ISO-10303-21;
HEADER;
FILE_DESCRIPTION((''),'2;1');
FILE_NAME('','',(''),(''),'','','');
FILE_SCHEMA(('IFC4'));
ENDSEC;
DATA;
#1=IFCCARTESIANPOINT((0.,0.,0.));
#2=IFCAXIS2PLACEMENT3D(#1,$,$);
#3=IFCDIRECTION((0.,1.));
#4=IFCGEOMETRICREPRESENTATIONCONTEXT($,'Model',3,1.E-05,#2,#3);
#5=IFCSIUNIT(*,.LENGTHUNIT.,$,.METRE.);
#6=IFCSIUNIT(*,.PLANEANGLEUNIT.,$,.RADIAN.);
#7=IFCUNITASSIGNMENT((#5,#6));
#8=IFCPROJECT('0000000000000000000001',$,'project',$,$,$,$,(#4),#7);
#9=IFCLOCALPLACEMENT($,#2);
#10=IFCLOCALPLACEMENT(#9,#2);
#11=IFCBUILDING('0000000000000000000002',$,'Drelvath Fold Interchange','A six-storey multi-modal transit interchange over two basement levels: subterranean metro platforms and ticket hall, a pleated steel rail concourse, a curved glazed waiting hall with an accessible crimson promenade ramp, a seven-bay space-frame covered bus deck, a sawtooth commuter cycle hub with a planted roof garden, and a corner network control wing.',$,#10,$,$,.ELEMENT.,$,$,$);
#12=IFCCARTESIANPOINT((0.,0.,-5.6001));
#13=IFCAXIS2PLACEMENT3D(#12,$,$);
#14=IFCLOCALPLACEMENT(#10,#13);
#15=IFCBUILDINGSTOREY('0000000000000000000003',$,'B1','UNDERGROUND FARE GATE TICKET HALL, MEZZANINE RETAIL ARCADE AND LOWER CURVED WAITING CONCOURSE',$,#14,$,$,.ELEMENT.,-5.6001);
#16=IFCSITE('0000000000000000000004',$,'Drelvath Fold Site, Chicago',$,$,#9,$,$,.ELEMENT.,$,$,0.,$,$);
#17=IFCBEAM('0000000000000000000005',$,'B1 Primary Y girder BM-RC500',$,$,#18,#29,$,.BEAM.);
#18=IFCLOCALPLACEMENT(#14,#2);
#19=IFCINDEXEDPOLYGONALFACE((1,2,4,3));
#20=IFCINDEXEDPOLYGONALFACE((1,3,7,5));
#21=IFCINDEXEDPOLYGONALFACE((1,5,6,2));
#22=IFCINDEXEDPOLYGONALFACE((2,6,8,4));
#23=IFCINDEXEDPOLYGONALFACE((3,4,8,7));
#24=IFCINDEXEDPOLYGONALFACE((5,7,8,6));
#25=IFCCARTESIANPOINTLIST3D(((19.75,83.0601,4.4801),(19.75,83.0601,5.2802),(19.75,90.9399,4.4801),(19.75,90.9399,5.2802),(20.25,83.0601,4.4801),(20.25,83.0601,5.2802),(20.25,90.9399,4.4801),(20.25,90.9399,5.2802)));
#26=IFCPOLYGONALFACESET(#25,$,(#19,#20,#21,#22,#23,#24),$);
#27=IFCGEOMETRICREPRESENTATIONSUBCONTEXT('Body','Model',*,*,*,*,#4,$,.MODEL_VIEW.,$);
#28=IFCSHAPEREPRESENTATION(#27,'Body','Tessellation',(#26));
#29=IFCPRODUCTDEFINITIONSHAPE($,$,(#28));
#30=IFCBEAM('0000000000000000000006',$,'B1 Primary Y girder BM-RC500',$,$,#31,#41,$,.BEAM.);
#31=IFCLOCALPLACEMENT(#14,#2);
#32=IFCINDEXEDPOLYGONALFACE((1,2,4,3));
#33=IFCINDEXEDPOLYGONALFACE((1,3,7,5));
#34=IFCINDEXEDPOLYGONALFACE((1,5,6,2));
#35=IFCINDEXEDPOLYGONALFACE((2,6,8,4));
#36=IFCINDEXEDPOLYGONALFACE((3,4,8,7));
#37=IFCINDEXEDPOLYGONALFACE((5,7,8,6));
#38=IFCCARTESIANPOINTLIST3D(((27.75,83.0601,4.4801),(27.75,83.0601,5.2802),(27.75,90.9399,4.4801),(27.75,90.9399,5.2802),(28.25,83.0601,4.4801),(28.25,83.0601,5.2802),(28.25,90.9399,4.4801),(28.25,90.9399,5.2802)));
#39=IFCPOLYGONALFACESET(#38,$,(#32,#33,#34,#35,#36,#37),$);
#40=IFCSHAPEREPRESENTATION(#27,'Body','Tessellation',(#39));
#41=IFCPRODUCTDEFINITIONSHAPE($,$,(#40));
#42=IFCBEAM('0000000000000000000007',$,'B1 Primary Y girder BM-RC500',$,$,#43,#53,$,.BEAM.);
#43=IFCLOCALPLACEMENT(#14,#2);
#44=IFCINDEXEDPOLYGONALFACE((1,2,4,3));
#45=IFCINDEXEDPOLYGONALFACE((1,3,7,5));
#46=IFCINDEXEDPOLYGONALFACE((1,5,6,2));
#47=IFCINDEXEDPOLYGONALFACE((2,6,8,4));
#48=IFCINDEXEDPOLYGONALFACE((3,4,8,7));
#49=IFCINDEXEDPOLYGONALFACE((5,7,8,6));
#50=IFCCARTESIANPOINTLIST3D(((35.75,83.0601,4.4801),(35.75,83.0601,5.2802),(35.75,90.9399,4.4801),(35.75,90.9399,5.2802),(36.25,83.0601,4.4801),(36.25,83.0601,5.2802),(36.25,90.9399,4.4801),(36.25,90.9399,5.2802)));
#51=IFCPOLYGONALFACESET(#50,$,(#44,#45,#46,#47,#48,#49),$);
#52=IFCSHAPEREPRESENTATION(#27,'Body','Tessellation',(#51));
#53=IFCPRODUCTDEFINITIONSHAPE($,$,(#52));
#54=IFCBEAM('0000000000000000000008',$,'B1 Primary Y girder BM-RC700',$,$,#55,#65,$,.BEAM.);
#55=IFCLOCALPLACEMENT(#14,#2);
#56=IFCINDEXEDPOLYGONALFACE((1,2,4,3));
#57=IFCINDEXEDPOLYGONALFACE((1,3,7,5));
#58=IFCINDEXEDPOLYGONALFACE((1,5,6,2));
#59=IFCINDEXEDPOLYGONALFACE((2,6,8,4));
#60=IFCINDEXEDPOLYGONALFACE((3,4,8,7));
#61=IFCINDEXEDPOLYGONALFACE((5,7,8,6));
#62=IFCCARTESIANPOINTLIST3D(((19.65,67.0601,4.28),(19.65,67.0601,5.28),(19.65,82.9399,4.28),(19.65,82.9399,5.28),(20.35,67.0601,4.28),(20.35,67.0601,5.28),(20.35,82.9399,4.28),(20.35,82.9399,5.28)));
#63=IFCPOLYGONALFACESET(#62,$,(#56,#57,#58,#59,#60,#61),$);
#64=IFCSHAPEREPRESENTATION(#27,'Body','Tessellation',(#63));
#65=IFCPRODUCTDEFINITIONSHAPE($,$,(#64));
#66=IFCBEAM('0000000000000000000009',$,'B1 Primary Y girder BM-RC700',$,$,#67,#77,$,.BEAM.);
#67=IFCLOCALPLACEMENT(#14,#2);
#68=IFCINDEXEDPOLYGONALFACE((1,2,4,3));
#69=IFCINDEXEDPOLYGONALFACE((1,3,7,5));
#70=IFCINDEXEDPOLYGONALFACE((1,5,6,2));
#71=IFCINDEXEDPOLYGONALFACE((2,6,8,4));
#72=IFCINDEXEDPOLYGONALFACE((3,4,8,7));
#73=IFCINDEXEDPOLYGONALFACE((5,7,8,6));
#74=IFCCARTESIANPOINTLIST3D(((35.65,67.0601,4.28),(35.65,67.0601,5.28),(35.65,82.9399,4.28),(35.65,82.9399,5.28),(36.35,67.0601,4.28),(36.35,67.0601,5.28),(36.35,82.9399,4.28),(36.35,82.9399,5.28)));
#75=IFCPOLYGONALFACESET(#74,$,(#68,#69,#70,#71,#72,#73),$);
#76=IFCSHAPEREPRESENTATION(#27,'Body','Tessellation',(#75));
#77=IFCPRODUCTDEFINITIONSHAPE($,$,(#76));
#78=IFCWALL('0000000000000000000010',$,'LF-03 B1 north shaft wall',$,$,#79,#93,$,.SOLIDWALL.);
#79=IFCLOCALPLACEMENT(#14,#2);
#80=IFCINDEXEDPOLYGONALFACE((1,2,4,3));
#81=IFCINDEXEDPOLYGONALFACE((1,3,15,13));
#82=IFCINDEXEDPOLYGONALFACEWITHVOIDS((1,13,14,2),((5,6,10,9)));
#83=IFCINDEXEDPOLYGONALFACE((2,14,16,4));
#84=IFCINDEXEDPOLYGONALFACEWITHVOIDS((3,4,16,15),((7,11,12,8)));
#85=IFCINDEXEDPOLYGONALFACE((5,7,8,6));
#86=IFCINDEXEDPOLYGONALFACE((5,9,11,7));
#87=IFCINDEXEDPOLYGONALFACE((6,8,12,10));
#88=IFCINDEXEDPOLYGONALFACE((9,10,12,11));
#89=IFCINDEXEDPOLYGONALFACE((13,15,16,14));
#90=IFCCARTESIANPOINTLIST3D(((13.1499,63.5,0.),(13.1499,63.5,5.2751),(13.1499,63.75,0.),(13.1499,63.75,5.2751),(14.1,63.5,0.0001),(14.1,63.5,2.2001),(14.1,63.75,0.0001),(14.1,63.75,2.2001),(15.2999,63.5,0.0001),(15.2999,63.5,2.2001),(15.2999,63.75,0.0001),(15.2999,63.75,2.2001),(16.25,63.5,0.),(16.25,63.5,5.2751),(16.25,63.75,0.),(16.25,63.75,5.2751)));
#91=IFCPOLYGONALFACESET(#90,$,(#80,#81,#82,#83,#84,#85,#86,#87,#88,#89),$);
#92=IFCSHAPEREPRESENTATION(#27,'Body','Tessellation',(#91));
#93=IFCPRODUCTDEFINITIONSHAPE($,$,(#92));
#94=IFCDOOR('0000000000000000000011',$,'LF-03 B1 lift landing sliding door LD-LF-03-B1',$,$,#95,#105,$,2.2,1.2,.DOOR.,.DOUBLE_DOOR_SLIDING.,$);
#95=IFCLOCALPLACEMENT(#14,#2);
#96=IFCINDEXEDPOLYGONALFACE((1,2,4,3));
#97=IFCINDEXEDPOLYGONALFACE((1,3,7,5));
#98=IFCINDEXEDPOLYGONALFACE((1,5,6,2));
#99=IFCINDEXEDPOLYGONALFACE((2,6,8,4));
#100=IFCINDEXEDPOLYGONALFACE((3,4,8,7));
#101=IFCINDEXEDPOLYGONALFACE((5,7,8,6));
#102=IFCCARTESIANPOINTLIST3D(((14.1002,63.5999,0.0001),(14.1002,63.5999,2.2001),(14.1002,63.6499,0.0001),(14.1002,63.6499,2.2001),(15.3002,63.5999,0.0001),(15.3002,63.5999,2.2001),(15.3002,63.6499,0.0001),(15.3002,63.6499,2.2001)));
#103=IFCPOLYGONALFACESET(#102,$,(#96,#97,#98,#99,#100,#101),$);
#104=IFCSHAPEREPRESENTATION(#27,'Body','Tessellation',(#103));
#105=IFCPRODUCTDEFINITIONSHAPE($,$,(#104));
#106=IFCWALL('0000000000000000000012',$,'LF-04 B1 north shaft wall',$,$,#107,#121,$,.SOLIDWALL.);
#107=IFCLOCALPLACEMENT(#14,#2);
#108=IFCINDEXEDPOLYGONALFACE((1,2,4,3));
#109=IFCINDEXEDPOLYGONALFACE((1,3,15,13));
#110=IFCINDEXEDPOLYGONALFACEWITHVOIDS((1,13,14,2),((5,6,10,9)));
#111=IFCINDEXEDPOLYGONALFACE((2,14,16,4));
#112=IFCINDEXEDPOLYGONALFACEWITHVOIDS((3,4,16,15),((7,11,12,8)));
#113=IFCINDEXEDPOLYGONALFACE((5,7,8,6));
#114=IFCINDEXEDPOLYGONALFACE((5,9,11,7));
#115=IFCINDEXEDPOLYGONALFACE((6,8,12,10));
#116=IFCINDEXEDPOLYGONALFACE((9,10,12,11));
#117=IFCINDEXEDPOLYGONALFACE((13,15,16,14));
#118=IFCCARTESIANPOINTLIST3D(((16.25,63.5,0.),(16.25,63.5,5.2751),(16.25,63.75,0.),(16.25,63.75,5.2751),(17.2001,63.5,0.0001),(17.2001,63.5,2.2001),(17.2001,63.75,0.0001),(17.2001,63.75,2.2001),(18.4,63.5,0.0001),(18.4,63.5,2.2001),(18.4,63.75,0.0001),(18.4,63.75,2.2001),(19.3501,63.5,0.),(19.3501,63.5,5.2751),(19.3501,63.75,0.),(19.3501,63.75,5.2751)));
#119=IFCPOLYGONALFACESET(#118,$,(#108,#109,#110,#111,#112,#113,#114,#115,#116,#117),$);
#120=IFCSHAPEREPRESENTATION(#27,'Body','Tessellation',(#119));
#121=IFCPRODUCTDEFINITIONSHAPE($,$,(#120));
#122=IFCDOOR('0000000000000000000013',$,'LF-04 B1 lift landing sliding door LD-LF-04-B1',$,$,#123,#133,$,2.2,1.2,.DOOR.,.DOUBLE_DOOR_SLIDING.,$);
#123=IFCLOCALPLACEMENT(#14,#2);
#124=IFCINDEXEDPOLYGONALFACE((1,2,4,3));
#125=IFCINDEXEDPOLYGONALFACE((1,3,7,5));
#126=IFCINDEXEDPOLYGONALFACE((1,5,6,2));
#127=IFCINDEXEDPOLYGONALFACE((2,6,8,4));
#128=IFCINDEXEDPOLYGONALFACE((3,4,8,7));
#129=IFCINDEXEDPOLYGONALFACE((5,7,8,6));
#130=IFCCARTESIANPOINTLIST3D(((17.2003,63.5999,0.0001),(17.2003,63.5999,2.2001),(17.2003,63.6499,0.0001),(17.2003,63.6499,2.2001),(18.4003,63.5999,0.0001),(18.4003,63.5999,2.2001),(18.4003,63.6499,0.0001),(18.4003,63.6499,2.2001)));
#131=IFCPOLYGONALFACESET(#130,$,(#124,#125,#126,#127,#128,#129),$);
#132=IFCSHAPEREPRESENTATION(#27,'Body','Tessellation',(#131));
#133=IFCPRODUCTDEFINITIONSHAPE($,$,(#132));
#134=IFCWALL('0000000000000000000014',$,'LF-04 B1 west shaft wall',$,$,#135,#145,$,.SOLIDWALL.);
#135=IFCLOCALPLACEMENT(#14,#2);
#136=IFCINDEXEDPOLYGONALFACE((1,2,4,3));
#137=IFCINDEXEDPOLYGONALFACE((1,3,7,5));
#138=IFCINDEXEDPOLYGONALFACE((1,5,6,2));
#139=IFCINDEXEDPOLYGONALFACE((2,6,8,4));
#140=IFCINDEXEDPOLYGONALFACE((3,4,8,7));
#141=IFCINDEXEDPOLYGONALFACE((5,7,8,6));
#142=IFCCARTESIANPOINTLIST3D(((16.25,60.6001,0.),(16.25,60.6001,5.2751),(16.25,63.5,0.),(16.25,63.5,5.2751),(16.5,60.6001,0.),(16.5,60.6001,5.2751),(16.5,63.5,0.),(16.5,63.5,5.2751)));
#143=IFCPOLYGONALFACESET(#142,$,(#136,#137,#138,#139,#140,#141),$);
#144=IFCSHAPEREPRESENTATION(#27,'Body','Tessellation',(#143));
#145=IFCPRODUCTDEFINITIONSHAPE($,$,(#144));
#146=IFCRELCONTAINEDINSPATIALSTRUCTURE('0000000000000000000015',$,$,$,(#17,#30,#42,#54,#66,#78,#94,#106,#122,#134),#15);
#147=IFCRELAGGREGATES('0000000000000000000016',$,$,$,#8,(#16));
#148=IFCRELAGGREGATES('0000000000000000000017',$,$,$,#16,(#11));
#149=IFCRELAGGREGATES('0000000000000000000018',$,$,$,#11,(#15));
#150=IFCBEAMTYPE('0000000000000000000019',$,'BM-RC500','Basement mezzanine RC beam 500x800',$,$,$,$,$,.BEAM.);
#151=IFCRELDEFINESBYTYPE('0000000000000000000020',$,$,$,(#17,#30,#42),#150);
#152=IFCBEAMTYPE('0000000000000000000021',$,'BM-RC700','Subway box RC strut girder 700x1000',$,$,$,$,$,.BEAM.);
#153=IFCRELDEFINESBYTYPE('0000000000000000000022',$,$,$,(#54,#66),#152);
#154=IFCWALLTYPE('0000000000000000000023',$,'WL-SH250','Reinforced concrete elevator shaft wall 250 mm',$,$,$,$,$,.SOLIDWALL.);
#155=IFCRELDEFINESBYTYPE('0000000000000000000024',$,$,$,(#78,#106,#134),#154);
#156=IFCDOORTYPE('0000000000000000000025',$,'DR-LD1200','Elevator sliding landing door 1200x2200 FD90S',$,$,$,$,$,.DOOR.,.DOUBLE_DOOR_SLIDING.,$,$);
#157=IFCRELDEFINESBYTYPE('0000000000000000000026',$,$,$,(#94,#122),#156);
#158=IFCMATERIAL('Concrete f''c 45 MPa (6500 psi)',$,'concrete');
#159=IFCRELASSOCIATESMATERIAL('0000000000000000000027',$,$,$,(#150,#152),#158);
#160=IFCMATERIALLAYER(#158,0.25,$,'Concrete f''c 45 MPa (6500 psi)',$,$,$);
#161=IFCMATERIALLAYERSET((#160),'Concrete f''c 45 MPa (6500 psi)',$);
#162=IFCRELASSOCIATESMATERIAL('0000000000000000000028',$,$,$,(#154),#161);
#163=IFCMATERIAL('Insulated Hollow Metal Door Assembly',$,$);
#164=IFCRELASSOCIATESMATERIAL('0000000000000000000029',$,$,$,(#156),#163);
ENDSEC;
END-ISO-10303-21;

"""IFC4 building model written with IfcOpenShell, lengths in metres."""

from ifc_helpers import new_model, si_unit, direction, frame, frame_2d, origin, origin_2d, place, context, subcontext, project, spatial, rectangle, extrude, material, layer, layer_set, material_profile, profile_set, type_object, element, fill, save


model = new_model("IFC4")

# Units and contexts
model_context = context("Model", 3, precision=1e-05, world=origin(), true_north=direction((0.0, 1.0)))
body_context = subcontext(model_context, "Body", "Model", "MODEL_VIEW")
ifc_project = project(units=[si_unit("LENGTHUNIT", "METRE"), si_unit("PLANEANGLEUNIT", "RADIAN")], contexts=[model_context])

# Site, building, storey
site_placement = place(None, origin())
site = spatial("IfcSite", under=ifc_project, at=site_placement, Name="Drelvath Fold Site, Chicago", CompositionType="ELEMENT", RefElevation=0.0)
building_placement = place(site_placement, origin())
building = spatial("IfcBuilding", under=site, at=building_placement, Name="Drelvath Fold Interchange", Description="A six-storey multi-modal transit interchange over two basement levels: subterranean metro platforms and ticket hall, a pleated steel rail concourse, a curved glazed waiting hall with an accessible crimson promenade ramp, a seven-bay space-frame covered bus deck, a sawtooth commuter cycle hub with a planted roof garden, and a corner network control wing.", CompositionType="ELEMENT")
storey_placement = place(building_placement, frame((0.0, 0.0, -5.6001)))
storey = spatial("IfcBuildingStorey", under=building, at=storey_placement, Name="B1", Description="UNDERGROUND FARE GATE TICKET HALL, MEZZANINE RETAIL ARCADE AND LOWER CURVED WAITING CONCOURSE", CompositionType="ELEMENT", Elevation=-5.6001)

# Beams
ifc_material_1 = material(Name="Concrete f'c 45 MPa (6500 psi)", Category="concrete")
ifc_material_profile_1 = material_profile(ifc_material_1, rectangle(XDim=0.5, YDim=0.8, at=origin_2d()), Name="RC 500x800")
ifc_profile_set_1 = profile_set([ifc_material_profile_1], Name="Concrete f'c 45 MPa (6500 psi)")
beam_type_1 = type_object("IfcBeamType", Name="BM-RC500", Description="Basement mezzanine RC beam 500x800", PredefinedType="BEAM", material=ifc_profile_set_1)
for number, where, z_axis, x_axis, name in (
    (1, (20.0, 83.0601, 4.8801), (0.0, 1.0, 0.0), (-1.0, 0.0, 0.0), "B1 Primary Y girder BM-RC500"),
    (2, (28.0, 83.0601, 4.8801), (0.0, 1.0, 0.0), (-1.0, 0.0, 0.0), "B1 Primary Y girder BM-RC500"),
    (3, (36.0, 83.0601, 4.8801), (0.0, 1.0, 0.0), (-1.0, 0.0, 0.0), "B1 Primary Y girder BM-RC500"),
):
    element("IfcBeam", number, at=place(storey_placement, frame(where, z_axis=z_axis, x_axis=x_axis)), inside=storey, type_object=beam_type_1, Name=name, PredefinedType="BEAM", context=body_context, shape_type="SweptSolid", body=[
        extrude(rectangle(XDim=0.5, YDim=0.8, at=origin_2d()), origin(), (0.0, 0.0, 1.0), 7.8799),
    ])
ifc_material_profile_2 = material_profile(ifc_material_1, rectangle(XDim=0.7, YDim=1.0, at=origin_2d()), Name="RC 700x1000")
ifc_profile_set_2 = profile_set([ifc_material_profile_2], Name="Concrete f'c 45 MPa (6500 psi)")
beam_type_2 = type_object("IfcBeamType", Name="BM-RC700", Description="Subway box RC strut girder 700x1000", PredefinedType="BEAM", material=ifc_profile_set_2)
for number, where, z_axis, x_axis, name in (
    (4, (20.0, 67.0601, 4.78), (0.0, 1.0, 0.0), (-1.0, 0.0, 0.0), "B1 Primary Y girder BM-RC700"),
    (5, (36.0, 67.0601, 4.78), (0.0, 1.0, 0.0), (-1.0, 0.0, 0.0), "B1 Primary Y girder BM-RC700"),
):
    element("IfcBeam", number, at=place(storey_placement, frame(where, z_axis=z_axis, x_axis=x_axis)), inside=storey, type_object=beam_type_2, Name=name, PredefinedType="BEAM", context=body_context, shape_type="SweptSolid", body=[
        extrude(rectangle(XDim=0.7, YDim=1.0, at=origin_2d()), origin(), (0.0, 0.0, 1.0), 15.8799),
    ])

# Walls, openings, doors
ifc_layer = layer(ifc_material_1, 0.25, Name="Concrete f'c 45 MPa (6500 psi)")
ifc_layer_set = layer_set([ifc_layer], Name="Concrete f'c 45 MPa (6500 psi)")
wall_type = type_object("IfcWallType", Name="WL-SH250", Description="Reinforced concrete elevator shaft wall 250 mm", PredefinedType="SOLIDWALL", material=ifc_layer_set)
wall_1_placement = place(storey_placement, frame((16.25, 63.625, 0.0), z_axis=(0.0, 0.0, 1.0), x_axis=(-1.0, 0.0, 0.0)))
wall_1 = element("IfcWall", 6, at=wall_1_placement, inside=storey, type_object=wall_type, Name="LF-03 B1 north shaft wall", PredefinedType="SOLIDWALL", context=body_context, shape_type="SweptSolid", body=[
    extrude(rectangle(XDim=3.1001, YDim=0.25, at=frame_2d((1.55, 0.0))), origin(), (0.0, 0.0, 1.0), 5.2751),
])
opening_1_placement = place(wall_1_placement, frame((0.95, 0.0, 0.0)))
opening_1 = element("IfcOpeningElement", 7, at=opening_1_placement, cuts=wall_1, PredefinedType="OPENING", context=body_context, shape_type="SweptSolid", body=[
    extrude(rectangle(XDim=1.2, YDim=2.2, at=frame_2d((0.6001, 1.1001))), frame((0.0, 0.135, 0.0), z_axis=(0.0, -1.0, 0.0), x_axis=(1.0, 0.0, 0.0)), (0.0, 0.0, 1.0), 0.27),
])
ifc_material_2 = material(Name="Insulated Hollow Metal Door Assembly")
door_type = type_object("IfcDoorType", Name="DR-LD1200", Description="Elevator sliding landing door 1200x2200 FD90S", OperationType="DOUBLE_DOOR_SLIDING", PredefinedType="DOOR", material=ifc_material_2)
door_1_placement = place(opening_1_placement, frame((1.2, 0.0, 0.0), z_axis=(0.0, 0.0, 1.0), x_axis=(-1.0, 0.0, 0.0)))
door_1 = element("IfcDoor", 8, at=door_1_placement, inside=storey, type_object=door_type, Name="LF-03 B1 lift landing sliding door LD-LF-03-B1", OperationType="DOUBLE_DOOR_SLIDING", OverallHeight=2.2, OverallWidth=1.2, PredefinedType="DOOR", context=body_context, shape_type="SweptSolid", body=[
    extrude(rectangle(XDim=1.2, YDim=2.2, at=frame_2d((0.6001, 1.1001))), frame((0.0, 0.0249, 0.0), z_axis=(0.0, -1.0, 0.0), x_axis=(1.0, 0.0, 0.0)), (0.0, 0.0, 1.0), 0.05),
])
fill(opening_1, door_1)
wall_2_placement = place(storey_placement, frame((19.3501, 63.625, 0.0), z_axis=(0.0, 0.0, 1.0), x_axis=(-1.0, 0.0, 0.0)))
wall_2 = element("IfcWall", 9, at=wall_2_placement, inside=storey, type_object=wall_type, Name="LF-04 B1 north shaft wall", PredefinedType="SOLIDWALL", context=body_context, shape_type="SweptSolid", body=[
    extrude(rectangle(XDim=3.1001, YDim=0.25, at=frame_2d((1.55, 0.0))), origin(), (0.0, 0.0, 1.0), 5.2751),
])
opening_2_placement = place(wall_2_placement, frame((0.95, 0.0, 0.0)))
opening_2 = element("IfcOpeningElement", 10, at=opening_2_placement, cuts=wall_2, PredefinedType="OPENING", context=body_context, shape_type="SweptSolid", body=[
    extrude(rectangle(XDim=1.2, YDim=2.2, at=frame_2d((0.6001, 1.1001))), frame((0.0, 0.135, 0.0), z_axis=(0.0, -1.0, 0.0), x_axis=(1.0, 0.0, 0.0)), (0.0, 0.0, 1.0), 0.27),
])
door_2_placement = place(opening_2_placement, frame((1.2, 0.0, 0.0), z_axis=(0.0, 0.0, 1.0), x_axis=(-1.0, 0.0, 0.0)))
door_2 = element("IfcDoor", 11, at=door_2_placement, inside=storey, type_object=door_type, Name="LF-04 B1 lift landing sliding door LD-LF-04-B1", OperationType="DOUBLE_DOOR_SLIDING", OverallHeight=2.2, OverallWidth=1.2, PredefinedType="DOOR", context=body_context, shape_type="SweptSolid", body=[
    extrude(rectangle(XDim=1.2, YDim=2.2, at=frame_2d((0.6001, 1.1001))), frame((0.0, 0.0249, 0.0), z_axis=(0.0, -1.0, 0.0), x_axis=(1.0, 0.0, 0.0)), (0.0, 0.0, 1.0), 0.05),
])
fill(opening_2, door_2)

# Wall
wall_3_placement = place(storey_placement, frame((16.375, 63.5, 0.0), z_axis=(0.0, 0.0, 1.0), x_axis=(0.0, -1.0, 0.0)))
element("IfcWall", 12, at=wall_3_placement, inside=storey, type_object=wall_type, Name="LF-04 B1 west shaft wall", PredefinedType="SOLIDWALL", context=body_context, shape_type="SweptSolid", body=[
    extrude(rectangle(XDim=2.8999, YDim=0.25, at=frame_2d((1.45, 0.0))), origin(), (0.0, 0.0, 1.0), 5.2751),
])

save(model, "model.ifc")
